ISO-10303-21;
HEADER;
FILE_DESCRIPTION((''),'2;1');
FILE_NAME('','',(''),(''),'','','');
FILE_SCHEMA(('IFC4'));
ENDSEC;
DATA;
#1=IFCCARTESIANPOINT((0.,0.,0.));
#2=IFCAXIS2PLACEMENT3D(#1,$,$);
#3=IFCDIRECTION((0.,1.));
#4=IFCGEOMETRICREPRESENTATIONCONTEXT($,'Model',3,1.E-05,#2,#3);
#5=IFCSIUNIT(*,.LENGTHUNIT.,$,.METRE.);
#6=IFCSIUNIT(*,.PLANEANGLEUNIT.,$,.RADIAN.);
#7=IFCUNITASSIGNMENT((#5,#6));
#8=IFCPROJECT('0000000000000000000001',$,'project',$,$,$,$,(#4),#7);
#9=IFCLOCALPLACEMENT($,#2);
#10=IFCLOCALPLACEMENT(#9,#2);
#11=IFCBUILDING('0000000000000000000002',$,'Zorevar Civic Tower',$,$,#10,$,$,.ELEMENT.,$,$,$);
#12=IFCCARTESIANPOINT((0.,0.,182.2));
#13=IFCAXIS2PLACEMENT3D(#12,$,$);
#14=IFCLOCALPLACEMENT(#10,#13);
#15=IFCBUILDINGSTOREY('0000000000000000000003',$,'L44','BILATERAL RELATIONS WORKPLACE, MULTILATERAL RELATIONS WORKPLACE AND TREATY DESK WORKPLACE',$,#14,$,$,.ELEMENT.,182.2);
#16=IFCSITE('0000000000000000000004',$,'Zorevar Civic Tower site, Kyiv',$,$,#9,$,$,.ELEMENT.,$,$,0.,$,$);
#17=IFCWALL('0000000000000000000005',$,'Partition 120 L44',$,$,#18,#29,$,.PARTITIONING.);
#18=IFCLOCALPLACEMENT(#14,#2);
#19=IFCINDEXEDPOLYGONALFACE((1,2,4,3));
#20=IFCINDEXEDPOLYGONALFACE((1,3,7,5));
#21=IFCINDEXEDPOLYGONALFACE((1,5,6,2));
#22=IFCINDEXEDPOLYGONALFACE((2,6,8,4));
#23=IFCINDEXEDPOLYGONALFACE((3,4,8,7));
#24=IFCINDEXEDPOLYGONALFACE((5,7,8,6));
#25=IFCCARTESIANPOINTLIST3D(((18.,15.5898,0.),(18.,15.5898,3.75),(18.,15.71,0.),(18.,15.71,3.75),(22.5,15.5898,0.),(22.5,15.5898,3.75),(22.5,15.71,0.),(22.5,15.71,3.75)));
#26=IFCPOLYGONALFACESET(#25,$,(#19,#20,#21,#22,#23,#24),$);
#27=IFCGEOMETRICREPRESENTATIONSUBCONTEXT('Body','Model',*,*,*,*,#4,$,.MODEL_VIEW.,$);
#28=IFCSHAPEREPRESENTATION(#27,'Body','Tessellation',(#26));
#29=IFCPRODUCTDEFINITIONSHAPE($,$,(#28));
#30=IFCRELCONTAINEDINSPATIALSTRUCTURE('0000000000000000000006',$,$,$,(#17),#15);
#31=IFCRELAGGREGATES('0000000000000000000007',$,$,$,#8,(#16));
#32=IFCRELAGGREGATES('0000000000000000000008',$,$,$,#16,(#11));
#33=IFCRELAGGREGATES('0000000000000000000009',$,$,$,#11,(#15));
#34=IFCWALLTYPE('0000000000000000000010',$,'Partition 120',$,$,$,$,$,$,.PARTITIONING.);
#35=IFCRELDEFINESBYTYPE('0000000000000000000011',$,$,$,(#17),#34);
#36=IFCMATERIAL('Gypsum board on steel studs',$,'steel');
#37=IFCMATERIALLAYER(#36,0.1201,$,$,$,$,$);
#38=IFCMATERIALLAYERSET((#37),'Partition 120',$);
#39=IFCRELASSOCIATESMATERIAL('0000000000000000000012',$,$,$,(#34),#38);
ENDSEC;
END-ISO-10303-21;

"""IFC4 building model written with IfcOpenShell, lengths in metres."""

from ifc_helpers import new_model, si_unit, direction, frame, frame_2d, origin, place, context, subcontext, project, spatial, rectangle, extrude, material, layer, layer_set, type_object, element, save


model = new_model("IFC4")

# Units and contexts
model_context = context("Model", 3, precision=1e-05, world=origin(), true_north=direction((0.0, 1.0)))
body_context = subcontext(model_context, "Body", "Model", "MODEL_VIEW")
ifc_project = project(units=[si_unit("LENGTHUNIT", "METRE"), si_unit("PLANEANGLEUNIT", "RADIAN")], contexts=[model_context])

# Site, building, storey
site_placement = place(None, origin())
site = spatial("IfcSite", under=ifc_project, at=site_placement, Name="Zorevar Civic Tower site, Kyiv", CompositionType="ELEMENT", RefElevation=0.0)
building_placement = place(site_placement, origin())
building = spatial("IfcBuilding", under=site, at=building_placement, Name="Zorevar Civic Tower", CompositionType="ELEMENT")
storey_placement = place(building_placement, frame((0.0, 0.0, 182.2)))
storey = spatial("IfcBuildingStorey", under=building, at=storey_placement, Name="L44", Description="BILATERAL RELATIONS WORKPLACE, MULTILATERAL RELATIONS WORKPLACE AND TREATY DESK WORKPLACE", CompositionType="ELEMENT", Elevation=182.2)

# Wall
ifc_material_1 = material(Name="Gypsum board on steel studs", Category="steel")
ifc_layer_1 = layer(ifc_material_1, 0.1201)
ifc_layer_set_1 = layer_set([ifc_layer_1], Name="Partition 120")
wall_type_1 = type_object("IfcWallType", Name="Partition 120", PredefinedType="PARTITIONING", material=ifc_layer_set_1)
wall_1_placement = place(storey_placement, frame((18.0, 15.6499, 0.0), z_axis=(0.0, 0.0, 1.0), x_axis=(1.0, 0.0, 0.0)))
element("IfcWall", 1, at=wall_1_placement, inside=storey, type_object=wall_type_1, Name="Partition 120 L44", PredefinedType="PARTITIONING", context=body_context, shape_type="SweptSolid", body=[
    extrude(rectangle(XDim=4.5, YDim=0.1201, at=frame_2d((2.25, 0.0))), origin(), (0.0, 0.0, 1.0), 3.75),
])

save(model, "model.ifc")
